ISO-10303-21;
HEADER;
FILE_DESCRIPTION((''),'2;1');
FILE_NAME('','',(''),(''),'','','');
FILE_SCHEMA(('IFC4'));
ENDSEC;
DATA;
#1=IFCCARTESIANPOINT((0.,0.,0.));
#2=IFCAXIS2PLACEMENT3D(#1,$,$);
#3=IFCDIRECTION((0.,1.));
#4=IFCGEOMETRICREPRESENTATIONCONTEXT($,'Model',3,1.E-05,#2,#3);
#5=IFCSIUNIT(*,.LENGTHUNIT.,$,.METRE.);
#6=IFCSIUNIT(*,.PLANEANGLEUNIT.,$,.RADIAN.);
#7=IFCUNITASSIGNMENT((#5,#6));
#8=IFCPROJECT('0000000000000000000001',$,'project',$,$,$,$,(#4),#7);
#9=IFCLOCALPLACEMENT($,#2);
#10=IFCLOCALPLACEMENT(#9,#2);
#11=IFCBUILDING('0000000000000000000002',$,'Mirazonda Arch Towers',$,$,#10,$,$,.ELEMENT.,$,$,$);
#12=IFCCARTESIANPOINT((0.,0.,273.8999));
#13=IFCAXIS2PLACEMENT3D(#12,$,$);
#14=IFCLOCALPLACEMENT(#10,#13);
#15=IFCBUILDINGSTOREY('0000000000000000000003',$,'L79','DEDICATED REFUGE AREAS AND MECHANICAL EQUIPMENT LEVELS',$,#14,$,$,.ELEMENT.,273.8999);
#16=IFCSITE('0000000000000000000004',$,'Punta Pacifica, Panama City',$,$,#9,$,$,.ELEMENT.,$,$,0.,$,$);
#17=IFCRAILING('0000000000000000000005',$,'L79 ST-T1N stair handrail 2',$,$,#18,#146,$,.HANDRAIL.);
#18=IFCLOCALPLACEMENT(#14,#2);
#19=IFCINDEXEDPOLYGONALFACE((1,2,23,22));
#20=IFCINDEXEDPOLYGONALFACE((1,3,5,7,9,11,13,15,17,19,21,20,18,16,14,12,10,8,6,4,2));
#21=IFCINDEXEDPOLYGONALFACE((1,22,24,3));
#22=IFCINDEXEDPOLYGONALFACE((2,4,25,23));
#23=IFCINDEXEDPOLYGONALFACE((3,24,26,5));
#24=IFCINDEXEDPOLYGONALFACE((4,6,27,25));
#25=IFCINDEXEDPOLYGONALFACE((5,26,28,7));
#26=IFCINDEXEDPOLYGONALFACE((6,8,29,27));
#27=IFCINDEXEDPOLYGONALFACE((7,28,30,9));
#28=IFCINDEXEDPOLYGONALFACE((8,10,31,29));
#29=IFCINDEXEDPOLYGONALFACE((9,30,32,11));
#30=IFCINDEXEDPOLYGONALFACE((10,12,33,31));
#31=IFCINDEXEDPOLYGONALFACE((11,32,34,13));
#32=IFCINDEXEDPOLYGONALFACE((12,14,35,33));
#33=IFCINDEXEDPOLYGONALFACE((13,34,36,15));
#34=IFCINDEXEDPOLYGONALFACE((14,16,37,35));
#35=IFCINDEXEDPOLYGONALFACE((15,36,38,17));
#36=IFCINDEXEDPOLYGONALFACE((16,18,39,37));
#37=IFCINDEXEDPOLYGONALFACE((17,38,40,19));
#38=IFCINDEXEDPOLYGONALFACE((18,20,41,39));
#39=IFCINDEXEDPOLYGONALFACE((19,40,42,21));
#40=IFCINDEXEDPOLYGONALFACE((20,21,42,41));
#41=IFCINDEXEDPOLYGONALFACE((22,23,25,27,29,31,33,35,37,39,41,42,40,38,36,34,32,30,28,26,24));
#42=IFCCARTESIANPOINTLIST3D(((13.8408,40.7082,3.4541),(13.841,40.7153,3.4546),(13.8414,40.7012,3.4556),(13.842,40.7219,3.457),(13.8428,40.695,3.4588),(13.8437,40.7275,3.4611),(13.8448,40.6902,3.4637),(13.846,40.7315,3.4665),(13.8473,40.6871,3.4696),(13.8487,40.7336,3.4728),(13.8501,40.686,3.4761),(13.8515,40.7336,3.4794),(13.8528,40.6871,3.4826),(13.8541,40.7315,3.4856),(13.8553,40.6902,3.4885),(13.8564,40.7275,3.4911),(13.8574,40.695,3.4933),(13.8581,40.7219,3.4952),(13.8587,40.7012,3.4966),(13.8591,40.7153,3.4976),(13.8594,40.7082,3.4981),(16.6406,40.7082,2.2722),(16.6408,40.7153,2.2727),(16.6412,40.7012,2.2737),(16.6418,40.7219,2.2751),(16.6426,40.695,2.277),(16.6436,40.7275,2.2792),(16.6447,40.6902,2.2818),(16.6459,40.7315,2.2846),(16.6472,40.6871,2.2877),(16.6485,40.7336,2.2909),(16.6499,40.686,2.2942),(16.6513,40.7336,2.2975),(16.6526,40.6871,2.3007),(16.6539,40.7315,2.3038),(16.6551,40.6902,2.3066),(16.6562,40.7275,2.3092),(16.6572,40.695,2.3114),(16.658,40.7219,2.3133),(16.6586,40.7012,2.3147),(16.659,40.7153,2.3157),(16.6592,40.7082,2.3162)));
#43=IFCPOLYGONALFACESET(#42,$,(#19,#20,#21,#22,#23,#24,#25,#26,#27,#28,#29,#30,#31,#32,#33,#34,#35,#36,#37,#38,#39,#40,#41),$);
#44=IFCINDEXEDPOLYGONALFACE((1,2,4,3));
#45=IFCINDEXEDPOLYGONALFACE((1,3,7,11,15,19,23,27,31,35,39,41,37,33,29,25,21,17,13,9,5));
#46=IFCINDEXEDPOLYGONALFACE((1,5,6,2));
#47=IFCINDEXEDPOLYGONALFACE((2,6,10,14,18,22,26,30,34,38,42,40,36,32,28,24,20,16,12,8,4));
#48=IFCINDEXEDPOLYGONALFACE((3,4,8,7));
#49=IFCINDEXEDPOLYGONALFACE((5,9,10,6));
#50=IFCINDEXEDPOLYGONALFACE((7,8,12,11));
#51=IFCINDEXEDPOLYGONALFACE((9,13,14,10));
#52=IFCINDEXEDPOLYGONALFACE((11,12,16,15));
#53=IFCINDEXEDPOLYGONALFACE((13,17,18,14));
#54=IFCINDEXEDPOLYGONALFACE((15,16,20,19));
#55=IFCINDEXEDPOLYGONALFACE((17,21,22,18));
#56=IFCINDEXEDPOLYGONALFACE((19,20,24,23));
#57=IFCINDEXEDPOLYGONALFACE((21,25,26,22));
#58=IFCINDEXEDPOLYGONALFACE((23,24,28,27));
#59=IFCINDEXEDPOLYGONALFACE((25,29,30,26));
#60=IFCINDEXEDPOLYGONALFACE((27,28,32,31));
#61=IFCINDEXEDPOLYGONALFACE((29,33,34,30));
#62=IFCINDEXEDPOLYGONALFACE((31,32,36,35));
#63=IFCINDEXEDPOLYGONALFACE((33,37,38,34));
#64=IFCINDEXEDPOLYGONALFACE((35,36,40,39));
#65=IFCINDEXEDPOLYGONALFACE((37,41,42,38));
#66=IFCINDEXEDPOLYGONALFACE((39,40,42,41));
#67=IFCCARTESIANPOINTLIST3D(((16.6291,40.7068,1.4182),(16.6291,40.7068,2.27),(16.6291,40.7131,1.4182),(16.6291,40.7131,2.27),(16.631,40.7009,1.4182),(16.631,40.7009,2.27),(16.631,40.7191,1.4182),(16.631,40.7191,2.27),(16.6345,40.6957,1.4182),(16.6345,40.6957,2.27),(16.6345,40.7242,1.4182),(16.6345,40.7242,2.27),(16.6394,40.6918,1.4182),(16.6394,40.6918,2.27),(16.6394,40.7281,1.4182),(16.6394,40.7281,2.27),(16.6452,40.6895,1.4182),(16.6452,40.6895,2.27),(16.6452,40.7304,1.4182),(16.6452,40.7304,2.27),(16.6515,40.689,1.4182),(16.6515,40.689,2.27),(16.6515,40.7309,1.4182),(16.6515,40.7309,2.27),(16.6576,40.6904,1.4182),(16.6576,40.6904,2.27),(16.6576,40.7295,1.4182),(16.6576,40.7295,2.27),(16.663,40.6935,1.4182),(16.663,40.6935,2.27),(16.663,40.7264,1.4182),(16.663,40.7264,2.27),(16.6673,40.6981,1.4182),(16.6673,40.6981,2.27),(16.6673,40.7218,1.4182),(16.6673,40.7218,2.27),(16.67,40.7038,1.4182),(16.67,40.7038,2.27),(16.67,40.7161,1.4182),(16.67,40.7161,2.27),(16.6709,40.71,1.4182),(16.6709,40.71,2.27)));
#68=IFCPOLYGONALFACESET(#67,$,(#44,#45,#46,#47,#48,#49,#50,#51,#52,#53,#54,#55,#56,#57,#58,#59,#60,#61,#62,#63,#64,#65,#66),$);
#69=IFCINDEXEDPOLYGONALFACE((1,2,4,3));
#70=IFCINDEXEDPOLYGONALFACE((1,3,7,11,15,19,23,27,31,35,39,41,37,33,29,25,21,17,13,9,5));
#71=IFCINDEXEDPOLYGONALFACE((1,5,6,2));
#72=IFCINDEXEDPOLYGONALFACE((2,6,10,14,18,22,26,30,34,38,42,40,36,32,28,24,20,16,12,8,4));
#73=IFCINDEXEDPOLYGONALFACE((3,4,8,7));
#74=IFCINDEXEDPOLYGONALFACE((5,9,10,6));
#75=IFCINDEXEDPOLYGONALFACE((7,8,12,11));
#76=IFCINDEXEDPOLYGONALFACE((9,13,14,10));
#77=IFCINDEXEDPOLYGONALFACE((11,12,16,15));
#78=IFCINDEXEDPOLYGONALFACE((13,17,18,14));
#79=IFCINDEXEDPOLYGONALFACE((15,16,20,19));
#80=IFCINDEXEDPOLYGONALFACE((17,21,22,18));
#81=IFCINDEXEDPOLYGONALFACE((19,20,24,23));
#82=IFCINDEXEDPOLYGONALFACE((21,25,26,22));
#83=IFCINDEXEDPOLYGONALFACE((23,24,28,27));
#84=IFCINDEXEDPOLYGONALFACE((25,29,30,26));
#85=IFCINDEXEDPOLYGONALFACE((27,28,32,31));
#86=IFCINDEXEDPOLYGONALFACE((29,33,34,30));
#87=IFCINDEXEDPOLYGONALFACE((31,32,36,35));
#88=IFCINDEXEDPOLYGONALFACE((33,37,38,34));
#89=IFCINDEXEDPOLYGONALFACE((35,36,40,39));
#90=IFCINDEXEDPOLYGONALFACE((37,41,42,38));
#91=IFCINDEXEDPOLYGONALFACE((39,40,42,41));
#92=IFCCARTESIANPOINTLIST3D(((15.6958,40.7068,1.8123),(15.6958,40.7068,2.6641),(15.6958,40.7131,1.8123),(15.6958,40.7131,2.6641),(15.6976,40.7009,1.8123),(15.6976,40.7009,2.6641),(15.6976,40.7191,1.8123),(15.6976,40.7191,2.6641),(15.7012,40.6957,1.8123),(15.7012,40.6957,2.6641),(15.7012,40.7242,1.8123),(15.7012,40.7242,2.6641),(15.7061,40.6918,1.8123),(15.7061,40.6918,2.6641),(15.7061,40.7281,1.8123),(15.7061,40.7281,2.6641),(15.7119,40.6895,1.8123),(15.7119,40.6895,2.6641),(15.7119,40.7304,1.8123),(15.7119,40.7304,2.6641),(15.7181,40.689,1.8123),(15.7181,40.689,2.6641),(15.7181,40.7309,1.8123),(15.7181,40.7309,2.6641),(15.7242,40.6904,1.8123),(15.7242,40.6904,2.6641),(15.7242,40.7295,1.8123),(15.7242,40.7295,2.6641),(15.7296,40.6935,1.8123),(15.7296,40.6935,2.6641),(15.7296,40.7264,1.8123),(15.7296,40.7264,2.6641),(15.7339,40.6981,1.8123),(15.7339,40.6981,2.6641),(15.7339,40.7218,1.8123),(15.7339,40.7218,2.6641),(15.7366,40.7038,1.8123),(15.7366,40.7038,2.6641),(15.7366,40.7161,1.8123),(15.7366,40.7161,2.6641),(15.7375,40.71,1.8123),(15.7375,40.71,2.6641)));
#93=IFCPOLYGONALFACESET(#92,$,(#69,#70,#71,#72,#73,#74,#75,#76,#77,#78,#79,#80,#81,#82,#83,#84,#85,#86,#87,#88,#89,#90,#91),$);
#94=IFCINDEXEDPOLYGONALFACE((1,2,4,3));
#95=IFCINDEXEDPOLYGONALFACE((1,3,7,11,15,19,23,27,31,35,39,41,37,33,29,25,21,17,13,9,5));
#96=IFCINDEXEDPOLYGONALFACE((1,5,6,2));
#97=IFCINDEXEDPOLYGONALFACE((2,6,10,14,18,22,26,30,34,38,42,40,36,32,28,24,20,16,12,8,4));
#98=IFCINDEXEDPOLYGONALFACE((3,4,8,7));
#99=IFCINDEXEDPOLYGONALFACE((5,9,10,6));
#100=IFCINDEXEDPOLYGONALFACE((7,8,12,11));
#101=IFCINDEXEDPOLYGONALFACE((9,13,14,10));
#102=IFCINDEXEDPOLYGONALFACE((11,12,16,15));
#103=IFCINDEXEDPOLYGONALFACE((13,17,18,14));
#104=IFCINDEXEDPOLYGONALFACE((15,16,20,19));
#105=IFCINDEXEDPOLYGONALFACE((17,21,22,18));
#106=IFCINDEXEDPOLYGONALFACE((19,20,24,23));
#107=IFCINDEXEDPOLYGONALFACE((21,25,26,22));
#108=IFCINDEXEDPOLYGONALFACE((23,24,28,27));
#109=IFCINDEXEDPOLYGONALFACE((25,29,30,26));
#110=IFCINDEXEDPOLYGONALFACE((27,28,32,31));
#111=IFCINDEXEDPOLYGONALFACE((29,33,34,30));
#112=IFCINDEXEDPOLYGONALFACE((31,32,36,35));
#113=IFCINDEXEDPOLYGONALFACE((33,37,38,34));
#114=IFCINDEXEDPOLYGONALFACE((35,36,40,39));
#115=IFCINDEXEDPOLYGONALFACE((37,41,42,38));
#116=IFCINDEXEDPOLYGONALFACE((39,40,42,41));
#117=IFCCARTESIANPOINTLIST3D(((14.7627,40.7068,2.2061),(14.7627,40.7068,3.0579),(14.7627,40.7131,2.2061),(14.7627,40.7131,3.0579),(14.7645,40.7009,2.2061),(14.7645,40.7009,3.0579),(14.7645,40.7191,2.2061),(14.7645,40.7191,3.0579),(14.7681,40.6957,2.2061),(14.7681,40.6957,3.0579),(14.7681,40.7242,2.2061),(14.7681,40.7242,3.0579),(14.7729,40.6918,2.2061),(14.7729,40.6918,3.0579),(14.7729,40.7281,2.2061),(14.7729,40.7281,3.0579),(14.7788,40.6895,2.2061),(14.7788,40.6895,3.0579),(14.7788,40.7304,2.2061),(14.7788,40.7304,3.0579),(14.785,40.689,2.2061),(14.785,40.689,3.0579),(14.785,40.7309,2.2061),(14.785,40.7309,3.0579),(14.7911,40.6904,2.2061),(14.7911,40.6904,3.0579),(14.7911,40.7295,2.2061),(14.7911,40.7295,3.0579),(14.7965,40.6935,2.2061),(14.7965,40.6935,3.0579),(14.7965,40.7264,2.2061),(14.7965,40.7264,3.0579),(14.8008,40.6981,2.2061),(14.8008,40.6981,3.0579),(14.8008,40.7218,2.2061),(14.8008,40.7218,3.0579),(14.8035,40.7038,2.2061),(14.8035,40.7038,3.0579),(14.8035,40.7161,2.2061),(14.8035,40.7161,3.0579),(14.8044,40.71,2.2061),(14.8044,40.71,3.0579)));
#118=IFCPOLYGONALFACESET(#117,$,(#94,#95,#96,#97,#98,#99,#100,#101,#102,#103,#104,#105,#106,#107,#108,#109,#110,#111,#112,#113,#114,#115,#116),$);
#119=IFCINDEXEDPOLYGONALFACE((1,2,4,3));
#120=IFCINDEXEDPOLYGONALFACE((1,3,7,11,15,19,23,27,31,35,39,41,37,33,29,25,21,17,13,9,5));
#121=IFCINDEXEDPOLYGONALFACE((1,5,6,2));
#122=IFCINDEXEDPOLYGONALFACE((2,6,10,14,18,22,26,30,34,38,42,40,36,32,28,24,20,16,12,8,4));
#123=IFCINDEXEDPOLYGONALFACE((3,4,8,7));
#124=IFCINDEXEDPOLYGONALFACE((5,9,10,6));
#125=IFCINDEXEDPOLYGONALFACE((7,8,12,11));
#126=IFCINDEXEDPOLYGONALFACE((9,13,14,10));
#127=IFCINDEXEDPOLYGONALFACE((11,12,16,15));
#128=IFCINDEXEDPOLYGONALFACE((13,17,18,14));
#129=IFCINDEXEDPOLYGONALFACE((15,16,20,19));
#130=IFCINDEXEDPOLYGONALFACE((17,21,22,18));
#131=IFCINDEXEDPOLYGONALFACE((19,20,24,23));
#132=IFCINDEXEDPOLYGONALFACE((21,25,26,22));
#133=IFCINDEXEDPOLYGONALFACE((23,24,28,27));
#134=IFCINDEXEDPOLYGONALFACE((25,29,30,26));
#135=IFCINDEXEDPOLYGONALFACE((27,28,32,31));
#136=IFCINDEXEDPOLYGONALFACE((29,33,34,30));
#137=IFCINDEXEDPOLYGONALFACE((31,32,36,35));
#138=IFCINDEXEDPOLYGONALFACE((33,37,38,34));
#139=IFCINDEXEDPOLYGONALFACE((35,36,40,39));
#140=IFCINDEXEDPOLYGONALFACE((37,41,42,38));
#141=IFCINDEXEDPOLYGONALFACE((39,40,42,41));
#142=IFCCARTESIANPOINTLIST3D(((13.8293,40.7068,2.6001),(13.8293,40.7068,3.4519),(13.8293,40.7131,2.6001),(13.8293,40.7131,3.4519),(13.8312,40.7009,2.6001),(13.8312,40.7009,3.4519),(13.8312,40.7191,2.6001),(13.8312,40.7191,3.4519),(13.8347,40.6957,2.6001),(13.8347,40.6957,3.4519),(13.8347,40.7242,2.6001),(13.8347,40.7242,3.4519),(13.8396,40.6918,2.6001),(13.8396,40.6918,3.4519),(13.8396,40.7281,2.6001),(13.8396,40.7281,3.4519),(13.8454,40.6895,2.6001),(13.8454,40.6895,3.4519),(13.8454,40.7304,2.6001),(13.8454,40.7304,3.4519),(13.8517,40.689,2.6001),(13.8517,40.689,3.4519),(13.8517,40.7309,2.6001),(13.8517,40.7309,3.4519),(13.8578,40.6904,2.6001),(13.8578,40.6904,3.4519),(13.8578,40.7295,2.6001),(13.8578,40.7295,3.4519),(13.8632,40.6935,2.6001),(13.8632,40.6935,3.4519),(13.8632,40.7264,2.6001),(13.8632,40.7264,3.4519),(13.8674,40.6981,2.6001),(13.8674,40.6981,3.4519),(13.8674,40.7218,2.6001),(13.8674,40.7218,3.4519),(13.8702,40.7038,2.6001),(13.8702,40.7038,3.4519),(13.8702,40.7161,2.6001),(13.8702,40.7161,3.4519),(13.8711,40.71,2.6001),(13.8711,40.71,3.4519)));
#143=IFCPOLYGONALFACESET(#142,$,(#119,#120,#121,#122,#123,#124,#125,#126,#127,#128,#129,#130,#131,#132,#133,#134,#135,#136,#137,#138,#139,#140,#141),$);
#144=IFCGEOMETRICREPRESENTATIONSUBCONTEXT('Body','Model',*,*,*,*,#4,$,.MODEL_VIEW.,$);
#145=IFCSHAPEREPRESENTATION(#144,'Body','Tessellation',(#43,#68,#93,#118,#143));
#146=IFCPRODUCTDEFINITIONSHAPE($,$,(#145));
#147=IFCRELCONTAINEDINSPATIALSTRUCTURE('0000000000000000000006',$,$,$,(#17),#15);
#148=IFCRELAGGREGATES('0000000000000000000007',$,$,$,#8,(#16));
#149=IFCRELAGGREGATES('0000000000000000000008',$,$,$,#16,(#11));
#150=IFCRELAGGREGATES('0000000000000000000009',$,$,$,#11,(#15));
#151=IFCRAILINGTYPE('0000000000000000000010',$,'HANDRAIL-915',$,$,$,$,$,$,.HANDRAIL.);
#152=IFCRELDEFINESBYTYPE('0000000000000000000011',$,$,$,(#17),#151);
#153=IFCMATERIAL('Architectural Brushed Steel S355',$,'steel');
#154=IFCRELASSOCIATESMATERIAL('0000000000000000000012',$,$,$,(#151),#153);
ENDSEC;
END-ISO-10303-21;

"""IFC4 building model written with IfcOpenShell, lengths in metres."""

from ifc_helpers import new_model, si_unit, direction, frame, origin, origin_2d, place, context, subcontext, project, spatial, circle, extrude, material, type_object, element, save


model = new_model("IFC4")

# Units and contexts
model_context = context("Model", 3, precision=1e-05, world=origin(), true_north=direction((0.0, 1.0)))
body_context = subcontext(model_context, "Body", "Model", "MODEL_VIEW")
ifc_project = project(units=[si_unit("LENGTHUNIT", "METRE"), si_unit("PLANEANGLEUNIT", "RADIAN")], contexts=[model_context])

# Site, building, storey
site_placement = place(None, origin())
site = spatial("IfcSite", under=ifc_project, at=site_placement, Name="Punta Pacifica, Panama City", CompositionType="ELEMENT", RefElevation=0.0)
building_placement = place(site_placement, origin())
building = spatial("IfcBuilding", under=site, at=building_placement, Name="Mirazonda Arch Towers", CompositionType="ELEMENT")
storey_placement = place(building_placement, frame((0.0, 0.0, 273.8999)))
storey = spatial("IfcBuildingStorey", under=building, at=storey_placement, Name="L79", Description="DEDICATED REFUGE AREAS AND MECHANICAL EQUIPMENT LEVELS", CompositionType="ELEMENT", Elevation=273.8999)

# Shared definitions
ifc_material_1 = material(Name="Architectural Brushed Steel S355", Category="steel")

# Railing
railing_type_1 = type_object("IfcRailingType", Name="HANDRAIL-915", PredefinedType="HANDRAIL", material=ifc_material_1)
railing_1_placement = place(storey_placement, frame((16.6499, 40.71, 1.4182)))
element("IfcRailing", 1, at=railing_1_placement, inside=storey, type_object=railing_type_1, Name="L79 ST-T1N stair handrail 2", PredefinedType="HANDRAIL", context=body_context, shape_type="SweptSolid", body=[
    extrude(circle(Radius=0.0239, at=origin_2d()), frame((0.0, 0.0, 0.876), z_axis=(-0.92128, 0.0, 0.388901), x_axis=(0.0, -1.0, 0.0)), (0.0, 0.0, 1.0), 3.0391),
    extrude(circle(Radius=0.021, at=origin_2d()), origin(), (0.0, 0.0, 1.0), 0.8518),
    extrude(circle(Radius=0.021, at=origin_2d()), frame((-0.9333, 0.0, 0.394)), (0.0, 0.0, 1.0), 0.8518),
    extrude(circle(Radius=0.021, at=origin_2d()), frame((-1.8665, 0.0, 0.7878)), (0.0, 0.0, 1.0), 0.8518),
    extrude(circle(Radius=0.021, at=origin_2d()), frame((-2.7998, 0.0, 1.1819)), (0.0, 0.0, 1.0), 0.8518),
])

save(model, "model.ifc")
